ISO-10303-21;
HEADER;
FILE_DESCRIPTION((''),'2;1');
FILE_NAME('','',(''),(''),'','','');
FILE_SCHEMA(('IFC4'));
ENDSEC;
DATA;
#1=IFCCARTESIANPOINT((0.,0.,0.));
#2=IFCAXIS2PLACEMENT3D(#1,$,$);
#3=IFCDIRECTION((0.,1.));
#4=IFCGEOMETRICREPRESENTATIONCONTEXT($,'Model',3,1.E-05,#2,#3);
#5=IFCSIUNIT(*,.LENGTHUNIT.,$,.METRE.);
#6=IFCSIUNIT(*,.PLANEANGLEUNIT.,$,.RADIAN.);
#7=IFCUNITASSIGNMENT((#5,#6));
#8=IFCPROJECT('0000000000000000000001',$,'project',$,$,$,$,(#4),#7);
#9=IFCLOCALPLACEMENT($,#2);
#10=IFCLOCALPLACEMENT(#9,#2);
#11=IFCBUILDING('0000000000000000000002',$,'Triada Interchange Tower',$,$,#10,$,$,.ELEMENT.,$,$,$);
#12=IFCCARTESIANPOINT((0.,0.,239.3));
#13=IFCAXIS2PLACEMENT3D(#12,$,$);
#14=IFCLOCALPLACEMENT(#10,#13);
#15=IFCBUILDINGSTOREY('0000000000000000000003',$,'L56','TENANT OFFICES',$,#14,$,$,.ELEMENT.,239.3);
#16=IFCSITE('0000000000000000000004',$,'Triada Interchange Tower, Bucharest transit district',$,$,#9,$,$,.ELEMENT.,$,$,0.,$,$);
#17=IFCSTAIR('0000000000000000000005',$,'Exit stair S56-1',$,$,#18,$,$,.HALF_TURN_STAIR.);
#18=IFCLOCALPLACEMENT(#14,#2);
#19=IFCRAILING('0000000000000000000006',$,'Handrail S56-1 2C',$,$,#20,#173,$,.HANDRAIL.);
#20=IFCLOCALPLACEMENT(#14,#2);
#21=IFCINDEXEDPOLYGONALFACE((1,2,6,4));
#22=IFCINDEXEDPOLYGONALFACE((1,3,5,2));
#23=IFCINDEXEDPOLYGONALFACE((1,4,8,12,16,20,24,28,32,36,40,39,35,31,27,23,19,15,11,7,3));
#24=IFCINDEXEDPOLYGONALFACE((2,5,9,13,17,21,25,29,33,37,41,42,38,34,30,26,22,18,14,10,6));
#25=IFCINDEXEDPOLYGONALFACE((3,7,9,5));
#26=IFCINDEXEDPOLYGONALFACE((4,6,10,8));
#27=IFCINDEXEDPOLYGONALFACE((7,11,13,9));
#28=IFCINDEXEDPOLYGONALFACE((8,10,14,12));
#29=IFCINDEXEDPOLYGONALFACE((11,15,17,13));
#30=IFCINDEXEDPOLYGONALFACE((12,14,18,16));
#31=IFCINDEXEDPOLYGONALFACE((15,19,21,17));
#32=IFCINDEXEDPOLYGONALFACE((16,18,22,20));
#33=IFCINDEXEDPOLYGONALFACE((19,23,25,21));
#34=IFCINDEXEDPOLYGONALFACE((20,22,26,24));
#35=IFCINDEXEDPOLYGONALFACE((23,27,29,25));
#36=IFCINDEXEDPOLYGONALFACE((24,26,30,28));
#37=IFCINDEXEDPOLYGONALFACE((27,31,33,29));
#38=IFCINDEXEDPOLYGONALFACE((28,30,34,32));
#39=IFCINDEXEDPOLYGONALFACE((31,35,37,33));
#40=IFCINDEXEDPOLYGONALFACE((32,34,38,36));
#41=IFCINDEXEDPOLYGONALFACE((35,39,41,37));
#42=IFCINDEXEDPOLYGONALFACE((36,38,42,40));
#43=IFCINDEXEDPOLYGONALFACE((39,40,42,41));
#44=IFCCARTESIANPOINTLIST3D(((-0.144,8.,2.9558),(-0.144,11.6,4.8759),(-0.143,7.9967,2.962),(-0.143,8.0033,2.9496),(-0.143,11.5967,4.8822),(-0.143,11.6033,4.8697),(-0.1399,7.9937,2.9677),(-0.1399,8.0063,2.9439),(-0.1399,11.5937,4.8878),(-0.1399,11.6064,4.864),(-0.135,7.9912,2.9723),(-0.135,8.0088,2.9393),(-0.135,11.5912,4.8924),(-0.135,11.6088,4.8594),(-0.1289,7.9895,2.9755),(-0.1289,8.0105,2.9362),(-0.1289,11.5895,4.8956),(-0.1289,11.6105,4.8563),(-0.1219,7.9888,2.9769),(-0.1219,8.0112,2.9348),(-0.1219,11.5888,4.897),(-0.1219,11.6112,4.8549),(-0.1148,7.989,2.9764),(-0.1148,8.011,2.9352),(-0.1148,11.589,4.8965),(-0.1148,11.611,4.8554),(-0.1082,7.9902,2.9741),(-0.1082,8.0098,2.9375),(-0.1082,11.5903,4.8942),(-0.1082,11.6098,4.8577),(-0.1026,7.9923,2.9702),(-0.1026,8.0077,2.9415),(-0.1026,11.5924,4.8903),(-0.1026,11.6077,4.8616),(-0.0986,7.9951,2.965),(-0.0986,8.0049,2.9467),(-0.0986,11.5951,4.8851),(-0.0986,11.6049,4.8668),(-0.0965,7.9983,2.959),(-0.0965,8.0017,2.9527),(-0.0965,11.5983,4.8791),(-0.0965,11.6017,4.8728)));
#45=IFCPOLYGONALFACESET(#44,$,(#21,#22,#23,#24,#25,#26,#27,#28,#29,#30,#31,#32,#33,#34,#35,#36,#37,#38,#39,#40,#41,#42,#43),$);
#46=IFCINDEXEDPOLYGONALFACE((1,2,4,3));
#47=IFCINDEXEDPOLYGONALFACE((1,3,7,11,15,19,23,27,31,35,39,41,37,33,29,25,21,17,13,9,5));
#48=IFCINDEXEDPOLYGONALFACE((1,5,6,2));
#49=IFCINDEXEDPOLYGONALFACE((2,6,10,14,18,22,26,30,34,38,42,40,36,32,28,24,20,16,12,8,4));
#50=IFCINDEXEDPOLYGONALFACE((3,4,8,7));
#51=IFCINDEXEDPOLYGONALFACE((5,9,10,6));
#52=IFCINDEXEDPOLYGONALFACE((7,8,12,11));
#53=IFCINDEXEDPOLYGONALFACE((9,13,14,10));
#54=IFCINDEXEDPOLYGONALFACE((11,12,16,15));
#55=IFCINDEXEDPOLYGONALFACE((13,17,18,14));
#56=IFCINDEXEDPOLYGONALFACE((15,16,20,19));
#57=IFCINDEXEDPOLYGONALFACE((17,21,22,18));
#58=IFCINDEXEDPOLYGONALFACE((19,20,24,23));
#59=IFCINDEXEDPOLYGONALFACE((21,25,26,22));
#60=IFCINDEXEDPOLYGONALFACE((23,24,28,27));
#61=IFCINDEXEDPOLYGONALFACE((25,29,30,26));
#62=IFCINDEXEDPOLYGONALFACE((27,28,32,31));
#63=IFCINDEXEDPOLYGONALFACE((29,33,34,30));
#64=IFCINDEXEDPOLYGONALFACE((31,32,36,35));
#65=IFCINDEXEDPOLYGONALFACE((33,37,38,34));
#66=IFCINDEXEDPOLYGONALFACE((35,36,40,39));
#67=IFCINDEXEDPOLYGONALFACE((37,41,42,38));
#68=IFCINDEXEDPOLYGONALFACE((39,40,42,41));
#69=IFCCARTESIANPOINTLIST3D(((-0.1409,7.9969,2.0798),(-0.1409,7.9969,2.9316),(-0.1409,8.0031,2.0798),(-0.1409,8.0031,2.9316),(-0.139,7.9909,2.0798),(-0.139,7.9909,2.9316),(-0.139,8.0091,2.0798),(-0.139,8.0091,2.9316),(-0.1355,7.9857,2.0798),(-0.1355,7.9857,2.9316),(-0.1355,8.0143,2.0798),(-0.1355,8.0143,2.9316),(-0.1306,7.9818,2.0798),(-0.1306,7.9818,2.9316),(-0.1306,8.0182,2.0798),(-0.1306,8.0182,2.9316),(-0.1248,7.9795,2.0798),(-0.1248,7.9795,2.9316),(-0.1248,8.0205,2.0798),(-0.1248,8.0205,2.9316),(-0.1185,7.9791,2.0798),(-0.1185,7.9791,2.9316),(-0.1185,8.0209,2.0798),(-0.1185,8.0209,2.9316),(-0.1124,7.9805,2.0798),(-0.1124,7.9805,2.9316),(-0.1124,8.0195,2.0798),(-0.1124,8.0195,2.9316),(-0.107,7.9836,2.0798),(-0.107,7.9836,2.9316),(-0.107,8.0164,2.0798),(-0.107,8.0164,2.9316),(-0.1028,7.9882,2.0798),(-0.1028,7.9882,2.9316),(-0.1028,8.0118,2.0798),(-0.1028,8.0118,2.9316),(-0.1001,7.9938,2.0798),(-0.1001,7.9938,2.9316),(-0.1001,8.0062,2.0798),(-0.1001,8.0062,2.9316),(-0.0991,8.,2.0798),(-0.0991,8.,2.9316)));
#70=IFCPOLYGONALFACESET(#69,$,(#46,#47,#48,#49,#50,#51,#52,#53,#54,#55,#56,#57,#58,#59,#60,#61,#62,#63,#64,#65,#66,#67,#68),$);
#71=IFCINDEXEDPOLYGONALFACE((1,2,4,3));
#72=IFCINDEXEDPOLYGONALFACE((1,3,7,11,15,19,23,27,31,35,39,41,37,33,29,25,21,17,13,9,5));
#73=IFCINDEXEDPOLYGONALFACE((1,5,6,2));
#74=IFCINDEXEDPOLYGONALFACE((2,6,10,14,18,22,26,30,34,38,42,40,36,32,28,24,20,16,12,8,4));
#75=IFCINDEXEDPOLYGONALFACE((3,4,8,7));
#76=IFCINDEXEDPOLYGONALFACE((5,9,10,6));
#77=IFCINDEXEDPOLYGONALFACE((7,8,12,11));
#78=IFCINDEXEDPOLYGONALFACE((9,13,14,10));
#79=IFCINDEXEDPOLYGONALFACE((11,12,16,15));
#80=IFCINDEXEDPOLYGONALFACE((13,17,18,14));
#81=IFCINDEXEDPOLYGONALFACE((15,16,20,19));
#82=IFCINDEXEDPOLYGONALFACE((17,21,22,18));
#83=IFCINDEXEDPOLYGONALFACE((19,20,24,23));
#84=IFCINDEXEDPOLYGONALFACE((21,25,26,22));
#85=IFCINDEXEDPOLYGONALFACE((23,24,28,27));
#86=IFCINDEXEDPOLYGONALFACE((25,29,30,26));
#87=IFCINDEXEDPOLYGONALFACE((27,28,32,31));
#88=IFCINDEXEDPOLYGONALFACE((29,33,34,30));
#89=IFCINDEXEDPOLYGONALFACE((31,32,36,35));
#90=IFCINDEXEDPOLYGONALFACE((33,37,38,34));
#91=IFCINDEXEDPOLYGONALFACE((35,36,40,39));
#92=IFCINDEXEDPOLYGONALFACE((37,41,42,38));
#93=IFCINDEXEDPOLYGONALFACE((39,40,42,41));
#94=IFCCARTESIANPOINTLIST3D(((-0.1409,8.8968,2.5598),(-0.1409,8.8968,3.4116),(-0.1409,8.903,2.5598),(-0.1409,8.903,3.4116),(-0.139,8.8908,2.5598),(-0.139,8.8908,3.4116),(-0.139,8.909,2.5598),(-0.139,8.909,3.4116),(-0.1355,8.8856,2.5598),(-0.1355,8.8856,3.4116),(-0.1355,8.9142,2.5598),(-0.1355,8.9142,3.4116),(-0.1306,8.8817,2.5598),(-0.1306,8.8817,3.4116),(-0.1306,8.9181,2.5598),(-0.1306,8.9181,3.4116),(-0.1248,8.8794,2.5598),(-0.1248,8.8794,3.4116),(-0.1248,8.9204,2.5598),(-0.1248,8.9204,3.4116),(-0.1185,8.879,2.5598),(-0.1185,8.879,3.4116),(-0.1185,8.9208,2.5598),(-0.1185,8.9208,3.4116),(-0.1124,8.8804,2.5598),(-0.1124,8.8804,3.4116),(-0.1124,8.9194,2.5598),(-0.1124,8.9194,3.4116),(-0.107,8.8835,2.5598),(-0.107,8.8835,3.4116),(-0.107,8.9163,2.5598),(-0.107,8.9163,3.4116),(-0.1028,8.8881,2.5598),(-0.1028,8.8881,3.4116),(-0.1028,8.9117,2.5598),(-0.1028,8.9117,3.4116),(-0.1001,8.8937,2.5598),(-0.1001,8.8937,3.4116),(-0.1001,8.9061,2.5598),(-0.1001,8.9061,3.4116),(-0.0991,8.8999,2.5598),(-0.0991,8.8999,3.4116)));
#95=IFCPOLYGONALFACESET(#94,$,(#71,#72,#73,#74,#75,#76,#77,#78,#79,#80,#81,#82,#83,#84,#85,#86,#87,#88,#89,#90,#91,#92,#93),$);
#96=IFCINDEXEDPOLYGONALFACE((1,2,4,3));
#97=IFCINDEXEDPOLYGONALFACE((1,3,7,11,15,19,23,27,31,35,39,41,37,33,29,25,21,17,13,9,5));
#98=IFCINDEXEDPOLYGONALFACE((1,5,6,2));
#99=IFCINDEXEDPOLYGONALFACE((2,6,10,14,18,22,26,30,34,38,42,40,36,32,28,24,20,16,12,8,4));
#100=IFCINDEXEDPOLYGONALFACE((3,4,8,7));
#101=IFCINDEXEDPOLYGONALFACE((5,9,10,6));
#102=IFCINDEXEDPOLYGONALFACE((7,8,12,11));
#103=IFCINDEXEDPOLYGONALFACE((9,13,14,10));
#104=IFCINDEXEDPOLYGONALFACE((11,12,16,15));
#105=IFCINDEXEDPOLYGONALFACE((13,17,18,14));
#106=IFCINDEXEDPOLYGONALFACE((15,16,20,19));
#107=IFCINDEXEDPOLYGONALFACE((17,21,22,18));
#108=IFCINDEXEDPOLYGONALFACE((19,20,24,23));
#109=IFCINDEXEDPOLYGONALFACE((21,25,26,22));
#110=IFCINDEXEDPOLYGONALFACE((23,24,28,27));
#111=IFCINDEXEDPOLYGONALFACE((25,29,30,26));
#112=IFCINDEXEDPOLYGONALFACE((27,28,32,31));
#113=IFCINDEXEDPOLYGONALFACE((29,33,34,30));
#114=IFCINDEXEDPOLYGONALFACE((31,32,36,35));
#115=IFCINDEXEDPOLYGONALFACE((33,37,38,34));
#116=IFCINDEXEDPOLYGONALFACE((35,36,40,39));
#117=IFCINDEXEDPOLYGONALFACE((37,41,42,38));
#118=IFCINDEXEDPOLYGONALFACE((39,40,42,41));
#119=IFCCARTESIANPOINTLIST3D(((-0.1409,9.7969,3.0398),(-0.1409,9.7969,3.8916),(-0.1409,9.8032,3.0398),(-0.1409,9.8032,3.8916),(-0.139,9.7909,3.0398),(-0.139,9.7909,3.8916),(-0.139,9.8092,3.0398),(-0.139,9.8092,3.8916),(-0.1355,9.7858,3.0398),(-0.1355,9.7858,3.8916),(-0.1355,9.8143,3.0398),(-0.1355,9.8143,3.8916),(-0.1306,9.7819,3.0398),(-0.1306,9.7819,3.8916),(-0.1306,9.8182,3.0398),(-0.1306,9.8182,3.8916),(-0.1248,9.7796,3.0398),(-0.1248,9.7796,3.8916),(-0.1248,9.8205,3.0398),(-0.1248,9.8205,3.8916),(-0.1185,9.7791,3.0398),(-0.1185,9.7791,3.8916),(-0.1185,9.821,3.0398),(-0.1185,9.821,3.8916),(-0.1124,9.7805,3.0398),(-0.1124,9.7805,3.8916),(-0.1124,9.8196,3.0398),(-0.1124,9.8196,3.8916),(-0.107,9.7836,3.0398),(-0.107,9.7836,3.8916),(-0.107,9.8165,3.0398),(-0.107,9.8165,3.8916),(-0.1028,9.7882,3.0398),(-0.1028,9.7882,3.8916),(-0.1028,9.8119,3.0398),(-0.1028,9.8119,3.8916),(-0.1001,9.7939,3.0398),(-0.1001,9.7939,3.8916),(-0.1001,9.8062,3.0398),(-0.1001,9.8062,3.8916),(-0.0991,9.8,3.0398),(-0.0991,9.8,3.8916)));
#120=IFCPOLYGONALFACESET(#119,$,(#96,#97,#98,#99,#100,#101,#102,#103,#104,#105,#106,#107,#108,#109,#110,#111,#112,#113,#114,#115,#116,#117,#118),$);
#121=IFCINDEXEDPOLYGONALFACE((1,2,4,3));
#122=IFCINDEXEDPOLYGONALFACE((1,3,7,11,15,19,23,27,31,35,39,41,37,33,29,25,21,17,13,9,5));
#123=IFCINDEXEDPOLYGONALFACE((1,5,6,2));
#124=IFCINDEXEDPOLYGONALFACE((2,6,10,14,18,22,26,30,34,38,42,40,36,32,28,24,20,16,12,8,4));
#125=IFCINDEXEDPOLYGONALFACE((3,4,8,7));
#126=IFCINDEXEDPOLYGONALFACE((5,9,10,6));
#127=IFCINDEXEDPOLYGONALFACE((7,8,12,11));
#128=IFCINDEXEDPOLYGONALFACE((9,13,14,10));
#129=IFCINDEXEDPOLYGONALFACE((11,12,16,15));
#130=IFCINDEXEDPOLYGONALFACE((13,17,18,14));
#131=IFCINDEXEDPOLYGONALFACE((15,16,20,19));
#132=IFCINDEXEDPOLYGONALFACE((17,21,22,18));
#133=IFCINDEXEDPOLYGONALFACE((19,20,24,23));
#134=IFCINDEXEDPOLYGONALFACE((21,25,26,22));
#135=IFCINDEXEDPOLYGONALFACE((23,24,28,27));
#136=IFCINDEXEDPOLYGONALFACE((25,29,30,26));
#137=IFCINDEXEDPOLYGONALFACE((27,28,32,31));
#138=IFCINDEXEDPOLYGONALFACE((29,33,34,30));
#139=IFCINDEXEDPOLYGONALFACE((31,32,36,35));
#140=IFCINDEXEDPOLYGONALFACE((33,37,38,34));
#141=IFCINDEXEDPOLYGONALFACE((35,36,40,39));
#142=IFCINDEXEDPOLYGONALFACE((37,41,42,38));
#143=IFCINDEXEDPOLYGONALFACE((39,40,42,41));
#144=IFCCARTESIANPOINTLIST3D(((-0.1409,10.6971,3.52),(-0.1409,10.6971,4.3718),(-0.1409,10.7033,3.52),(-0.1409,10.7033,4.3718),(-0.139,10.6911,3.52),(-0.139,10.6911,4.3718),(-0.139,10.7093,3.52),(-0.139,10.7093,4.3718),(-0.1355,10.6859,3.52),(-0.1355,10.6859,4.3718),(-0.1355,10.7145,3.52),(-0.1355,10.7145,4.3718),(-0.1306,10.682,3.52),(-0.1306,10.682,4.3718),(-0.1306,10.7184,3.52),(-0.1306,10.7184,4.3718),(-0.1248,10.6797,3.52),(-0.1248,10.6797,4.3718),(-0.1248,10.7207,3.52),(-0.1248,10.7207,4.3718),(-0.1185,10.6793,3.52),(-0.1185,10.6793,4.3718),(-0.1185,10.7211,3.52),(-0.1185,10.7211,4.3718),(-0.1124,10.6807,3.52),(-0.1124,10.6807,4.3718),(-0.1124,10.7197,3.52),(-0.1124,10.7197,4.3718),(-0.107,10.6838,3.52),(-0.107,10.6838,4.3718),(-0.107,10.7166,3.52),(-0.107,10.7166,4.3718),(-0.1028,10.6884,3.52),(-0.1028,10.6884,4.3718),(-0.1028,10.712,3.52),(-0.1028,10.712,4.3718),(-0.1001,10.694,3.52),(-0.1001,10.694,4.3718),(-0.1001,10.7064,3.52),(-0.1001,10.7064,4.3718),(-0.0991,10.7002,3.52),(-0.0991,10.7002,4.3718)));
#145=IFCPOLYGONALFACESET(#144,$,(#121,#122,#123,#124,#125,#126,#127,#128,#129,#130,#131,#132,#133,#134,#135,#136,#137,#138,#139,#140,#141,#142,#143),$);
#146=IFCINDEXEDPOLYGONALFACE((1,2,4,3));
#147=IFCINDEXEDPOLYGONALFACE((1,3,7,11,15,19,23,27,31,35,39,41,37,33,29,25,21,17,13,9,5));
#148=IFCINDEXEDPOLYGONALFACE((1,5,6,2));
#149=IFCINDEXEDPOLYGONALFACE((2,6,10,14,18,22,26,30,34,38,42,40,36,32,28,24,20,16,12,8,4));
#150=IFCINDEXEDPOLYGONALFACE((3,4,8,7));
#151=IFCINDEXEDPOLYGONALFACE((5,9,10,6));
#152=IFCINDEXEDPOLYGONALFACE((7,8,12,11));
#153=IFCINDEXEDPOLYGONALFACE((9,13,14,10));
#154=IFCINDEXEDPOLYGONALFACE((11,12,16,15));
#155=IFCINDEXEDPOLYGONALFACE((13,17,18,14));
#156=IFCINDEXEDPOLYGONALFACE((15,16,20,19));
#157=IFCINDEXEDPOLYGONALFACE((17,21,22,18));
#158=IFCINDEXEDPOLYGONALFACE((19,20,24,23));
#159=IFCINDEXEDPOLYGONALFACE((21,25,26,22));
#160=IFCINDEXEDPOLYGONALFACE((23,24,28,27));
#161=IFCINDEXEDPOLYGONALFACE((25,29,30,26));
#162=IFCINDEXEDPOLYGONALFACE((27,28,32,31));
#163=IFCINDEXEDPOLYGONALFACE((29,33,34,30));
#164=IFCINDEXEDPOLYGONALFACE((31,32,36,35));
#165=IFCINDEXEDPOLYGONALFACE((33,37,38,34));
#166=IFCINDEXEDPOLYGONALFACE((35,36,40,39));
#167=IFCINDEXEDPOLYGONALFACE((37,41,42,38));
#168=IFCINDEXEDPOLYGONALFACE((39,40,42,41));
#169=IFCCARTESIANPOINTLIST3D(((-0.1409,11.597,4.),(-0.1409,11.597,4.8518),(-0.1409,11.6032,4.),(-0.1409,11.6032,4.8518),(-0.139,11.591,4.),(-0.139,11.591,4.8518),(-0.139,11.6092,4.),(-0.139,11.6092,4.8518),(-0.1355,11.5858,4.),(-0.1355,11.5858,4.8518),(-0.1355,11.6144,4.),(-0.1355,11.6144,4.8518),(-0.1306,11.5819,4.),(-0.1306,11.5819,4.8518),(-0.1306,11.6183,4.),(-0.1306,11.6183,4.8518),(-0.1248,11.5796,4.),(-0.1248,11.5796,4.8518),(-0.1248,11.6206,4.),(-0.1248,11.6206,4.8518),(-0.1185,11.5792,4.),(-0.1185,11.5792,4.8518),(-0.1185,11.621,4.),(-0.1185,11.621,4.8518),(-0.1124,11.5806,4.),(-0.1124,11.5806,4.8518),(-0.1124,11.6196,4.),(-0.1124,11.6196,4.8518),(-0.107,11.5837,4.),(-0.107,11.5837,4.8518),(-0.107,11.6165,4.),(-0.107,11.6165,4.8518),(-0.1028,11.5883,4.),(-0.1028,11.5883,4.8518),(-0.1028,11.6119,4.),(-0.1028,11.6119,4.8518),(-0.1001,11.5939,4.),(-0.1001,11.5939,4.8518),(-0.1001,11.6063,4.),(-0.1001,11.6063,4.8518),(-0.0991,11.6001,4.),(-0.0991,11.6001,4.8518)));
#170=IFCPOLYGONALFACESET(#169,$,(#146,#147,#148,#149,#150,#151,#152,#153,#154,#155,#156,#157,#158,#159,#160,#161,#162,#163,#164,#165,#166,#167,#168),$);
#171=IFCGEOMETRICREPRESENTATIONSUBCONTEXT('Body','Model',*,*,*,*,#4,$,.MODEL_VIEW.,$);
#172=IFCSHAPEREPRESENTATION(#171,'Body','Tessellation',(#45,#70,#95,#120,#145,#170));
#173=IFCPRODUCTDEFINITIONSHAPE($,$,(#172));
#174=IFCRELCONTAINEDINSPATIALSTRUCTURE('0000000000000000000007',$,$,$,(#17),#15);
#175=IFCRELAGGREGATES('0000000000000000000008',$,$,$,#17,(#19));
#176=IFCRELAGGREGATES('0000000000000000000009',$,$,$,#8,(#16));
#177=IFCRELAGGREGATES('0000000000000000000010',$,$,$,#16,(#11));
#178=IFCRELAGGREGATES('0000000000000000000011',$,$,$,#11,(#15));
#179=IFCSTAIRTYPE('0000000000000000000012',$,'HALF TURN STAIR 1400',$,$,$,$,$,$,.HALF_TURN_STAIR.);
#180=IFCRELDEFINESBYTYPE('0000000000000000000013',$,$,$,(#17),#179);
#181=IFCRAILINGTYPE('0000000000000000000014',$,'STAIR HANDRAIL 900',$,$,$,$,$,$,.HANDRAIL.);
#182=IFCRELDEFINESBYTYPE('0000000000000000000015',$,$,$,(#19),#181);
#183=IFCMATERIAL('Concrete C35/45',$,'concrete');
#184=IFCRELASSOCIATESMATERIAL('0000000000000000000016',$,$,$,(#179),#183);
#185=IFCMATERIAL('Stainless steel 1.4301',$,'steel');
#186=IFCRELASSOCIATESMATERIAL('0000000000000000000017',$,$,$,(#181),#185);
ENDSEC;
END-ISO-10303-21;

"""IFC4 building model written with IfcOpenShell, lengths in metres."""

from ifc_helpers import new_model, si_unit, direction, frame, origin, origin_2d, place, context, subcontext, project, spatial, circle, extrude, material, type_object, element, aggregate, save


model = new_model("IFC4")

# Units and contexts
model_context = context("Model", 3, precision=1e-05, world=origin(), true_north=direction((0.0, 1.0)))
body_context = subcontext(model_context, "Body", "Model", "MODEL_VIEW")
ifc_project = project(units=[si_unit("LENGTHUNIT", "METRE"), si_unit("PLANEANGLEUNIT", "RADIAN")], contexts=[model_context])

# Site, building, storey
site_placement = place(None, origin())
site = spatial("IfcSite", under=ifc_project, at=site_placement, Name="Triada Interchange Tower, Bucharest transit district", CompositionType="ELEMENT", RefElevation=0.0)
building_placement = place(site_placement, origin())
building = spatial("IfcBuilding", under=site, at=building_placement, Name="Triada Interchange Tower", CompositionType="ELEMENT")
storey_placement = place(building_placement, frame((0.0, 0.0, 239.3)))
storey = spatial("IfcBuildingStorey", under=building, at=storey_placement, Name="L56", Description="TENANT OFFICES", CompositionType="ELEMENT", Elevation=239.3)

# Stair, railing
ifc_material_1 = material(Name="Concrete C35/45", Category="concrete")
stair_type = type_object("IfcStairType", Name="HALF TURN STAIR 1400", PredefinedType="HALF_TURN_STAIR", material=ifc_material_1)
stair_placement = place(storey_placement, origin())
stair = element("IfcStair", 1, at=stair_placement, inside=storey, type_object=stair_type, Name="Exit stair S56-1", PredefinedType="HALF_TURN_STAIR")
ifc_material_2 = material(Name="Stainless steel 1.4301", Category="steel")
railing_type = type_object("IfcRailingType", Name="STAIR HANDRAIL 900", PredefinedType="HANDRAIL", material=ifc_material_2)
railing_1_placement = place(storey_placement, frame((-0.1201, 8.0, 2.0798)))
railing_1 = element("IfcRailing", 2, at=railing_1_placement, type_object=railing_type, Name="Handrail S56-1 2C", PredefinedType="HANDRAIL", context=body_context, shape_type="SweptSolid", body=[
    extrude(circle(Radius=0.0239, at=origin_2d()), frame((0.0, 0.0, 0.876), z_axis=(0.0, 0.882341, 0.47061), x_axis=(-1.0, 0.0, 0.0)), (0.0, 0.0, 1.0), 4.0801),
    extrude(circle(Radius=0.021, at=origin_2d()), origin(), (0.0, 0.0, 1.0), 0.8518),
    extrude(circle(Radius=0.021, at=origin_2d()), frame((0.0, 0.8999, 0.48)), (0.0, 0.0, 1.0), 0.8518),
    extrude(circle(Radius=0.021, at=origin_2d()), frame((0.0, 1.8, 0.96)), (0.0, 0.0, 1.0), 0.8518),
    extrude(circle(Radius=0.021, at=origin_2d()), frame((0.0, 2.7002, 1.4402)), (0.0, 0.0, 1.0), 0.8518),
    extrude(circle(Radius=0.021, at=origin_2d()), frame((0.0, 3.6001, 1.9202)), (0.0, 0.0, 1.0), 0.8518),
])
aggregate(stair, [railing_1])

save(model, "model.ifc")
